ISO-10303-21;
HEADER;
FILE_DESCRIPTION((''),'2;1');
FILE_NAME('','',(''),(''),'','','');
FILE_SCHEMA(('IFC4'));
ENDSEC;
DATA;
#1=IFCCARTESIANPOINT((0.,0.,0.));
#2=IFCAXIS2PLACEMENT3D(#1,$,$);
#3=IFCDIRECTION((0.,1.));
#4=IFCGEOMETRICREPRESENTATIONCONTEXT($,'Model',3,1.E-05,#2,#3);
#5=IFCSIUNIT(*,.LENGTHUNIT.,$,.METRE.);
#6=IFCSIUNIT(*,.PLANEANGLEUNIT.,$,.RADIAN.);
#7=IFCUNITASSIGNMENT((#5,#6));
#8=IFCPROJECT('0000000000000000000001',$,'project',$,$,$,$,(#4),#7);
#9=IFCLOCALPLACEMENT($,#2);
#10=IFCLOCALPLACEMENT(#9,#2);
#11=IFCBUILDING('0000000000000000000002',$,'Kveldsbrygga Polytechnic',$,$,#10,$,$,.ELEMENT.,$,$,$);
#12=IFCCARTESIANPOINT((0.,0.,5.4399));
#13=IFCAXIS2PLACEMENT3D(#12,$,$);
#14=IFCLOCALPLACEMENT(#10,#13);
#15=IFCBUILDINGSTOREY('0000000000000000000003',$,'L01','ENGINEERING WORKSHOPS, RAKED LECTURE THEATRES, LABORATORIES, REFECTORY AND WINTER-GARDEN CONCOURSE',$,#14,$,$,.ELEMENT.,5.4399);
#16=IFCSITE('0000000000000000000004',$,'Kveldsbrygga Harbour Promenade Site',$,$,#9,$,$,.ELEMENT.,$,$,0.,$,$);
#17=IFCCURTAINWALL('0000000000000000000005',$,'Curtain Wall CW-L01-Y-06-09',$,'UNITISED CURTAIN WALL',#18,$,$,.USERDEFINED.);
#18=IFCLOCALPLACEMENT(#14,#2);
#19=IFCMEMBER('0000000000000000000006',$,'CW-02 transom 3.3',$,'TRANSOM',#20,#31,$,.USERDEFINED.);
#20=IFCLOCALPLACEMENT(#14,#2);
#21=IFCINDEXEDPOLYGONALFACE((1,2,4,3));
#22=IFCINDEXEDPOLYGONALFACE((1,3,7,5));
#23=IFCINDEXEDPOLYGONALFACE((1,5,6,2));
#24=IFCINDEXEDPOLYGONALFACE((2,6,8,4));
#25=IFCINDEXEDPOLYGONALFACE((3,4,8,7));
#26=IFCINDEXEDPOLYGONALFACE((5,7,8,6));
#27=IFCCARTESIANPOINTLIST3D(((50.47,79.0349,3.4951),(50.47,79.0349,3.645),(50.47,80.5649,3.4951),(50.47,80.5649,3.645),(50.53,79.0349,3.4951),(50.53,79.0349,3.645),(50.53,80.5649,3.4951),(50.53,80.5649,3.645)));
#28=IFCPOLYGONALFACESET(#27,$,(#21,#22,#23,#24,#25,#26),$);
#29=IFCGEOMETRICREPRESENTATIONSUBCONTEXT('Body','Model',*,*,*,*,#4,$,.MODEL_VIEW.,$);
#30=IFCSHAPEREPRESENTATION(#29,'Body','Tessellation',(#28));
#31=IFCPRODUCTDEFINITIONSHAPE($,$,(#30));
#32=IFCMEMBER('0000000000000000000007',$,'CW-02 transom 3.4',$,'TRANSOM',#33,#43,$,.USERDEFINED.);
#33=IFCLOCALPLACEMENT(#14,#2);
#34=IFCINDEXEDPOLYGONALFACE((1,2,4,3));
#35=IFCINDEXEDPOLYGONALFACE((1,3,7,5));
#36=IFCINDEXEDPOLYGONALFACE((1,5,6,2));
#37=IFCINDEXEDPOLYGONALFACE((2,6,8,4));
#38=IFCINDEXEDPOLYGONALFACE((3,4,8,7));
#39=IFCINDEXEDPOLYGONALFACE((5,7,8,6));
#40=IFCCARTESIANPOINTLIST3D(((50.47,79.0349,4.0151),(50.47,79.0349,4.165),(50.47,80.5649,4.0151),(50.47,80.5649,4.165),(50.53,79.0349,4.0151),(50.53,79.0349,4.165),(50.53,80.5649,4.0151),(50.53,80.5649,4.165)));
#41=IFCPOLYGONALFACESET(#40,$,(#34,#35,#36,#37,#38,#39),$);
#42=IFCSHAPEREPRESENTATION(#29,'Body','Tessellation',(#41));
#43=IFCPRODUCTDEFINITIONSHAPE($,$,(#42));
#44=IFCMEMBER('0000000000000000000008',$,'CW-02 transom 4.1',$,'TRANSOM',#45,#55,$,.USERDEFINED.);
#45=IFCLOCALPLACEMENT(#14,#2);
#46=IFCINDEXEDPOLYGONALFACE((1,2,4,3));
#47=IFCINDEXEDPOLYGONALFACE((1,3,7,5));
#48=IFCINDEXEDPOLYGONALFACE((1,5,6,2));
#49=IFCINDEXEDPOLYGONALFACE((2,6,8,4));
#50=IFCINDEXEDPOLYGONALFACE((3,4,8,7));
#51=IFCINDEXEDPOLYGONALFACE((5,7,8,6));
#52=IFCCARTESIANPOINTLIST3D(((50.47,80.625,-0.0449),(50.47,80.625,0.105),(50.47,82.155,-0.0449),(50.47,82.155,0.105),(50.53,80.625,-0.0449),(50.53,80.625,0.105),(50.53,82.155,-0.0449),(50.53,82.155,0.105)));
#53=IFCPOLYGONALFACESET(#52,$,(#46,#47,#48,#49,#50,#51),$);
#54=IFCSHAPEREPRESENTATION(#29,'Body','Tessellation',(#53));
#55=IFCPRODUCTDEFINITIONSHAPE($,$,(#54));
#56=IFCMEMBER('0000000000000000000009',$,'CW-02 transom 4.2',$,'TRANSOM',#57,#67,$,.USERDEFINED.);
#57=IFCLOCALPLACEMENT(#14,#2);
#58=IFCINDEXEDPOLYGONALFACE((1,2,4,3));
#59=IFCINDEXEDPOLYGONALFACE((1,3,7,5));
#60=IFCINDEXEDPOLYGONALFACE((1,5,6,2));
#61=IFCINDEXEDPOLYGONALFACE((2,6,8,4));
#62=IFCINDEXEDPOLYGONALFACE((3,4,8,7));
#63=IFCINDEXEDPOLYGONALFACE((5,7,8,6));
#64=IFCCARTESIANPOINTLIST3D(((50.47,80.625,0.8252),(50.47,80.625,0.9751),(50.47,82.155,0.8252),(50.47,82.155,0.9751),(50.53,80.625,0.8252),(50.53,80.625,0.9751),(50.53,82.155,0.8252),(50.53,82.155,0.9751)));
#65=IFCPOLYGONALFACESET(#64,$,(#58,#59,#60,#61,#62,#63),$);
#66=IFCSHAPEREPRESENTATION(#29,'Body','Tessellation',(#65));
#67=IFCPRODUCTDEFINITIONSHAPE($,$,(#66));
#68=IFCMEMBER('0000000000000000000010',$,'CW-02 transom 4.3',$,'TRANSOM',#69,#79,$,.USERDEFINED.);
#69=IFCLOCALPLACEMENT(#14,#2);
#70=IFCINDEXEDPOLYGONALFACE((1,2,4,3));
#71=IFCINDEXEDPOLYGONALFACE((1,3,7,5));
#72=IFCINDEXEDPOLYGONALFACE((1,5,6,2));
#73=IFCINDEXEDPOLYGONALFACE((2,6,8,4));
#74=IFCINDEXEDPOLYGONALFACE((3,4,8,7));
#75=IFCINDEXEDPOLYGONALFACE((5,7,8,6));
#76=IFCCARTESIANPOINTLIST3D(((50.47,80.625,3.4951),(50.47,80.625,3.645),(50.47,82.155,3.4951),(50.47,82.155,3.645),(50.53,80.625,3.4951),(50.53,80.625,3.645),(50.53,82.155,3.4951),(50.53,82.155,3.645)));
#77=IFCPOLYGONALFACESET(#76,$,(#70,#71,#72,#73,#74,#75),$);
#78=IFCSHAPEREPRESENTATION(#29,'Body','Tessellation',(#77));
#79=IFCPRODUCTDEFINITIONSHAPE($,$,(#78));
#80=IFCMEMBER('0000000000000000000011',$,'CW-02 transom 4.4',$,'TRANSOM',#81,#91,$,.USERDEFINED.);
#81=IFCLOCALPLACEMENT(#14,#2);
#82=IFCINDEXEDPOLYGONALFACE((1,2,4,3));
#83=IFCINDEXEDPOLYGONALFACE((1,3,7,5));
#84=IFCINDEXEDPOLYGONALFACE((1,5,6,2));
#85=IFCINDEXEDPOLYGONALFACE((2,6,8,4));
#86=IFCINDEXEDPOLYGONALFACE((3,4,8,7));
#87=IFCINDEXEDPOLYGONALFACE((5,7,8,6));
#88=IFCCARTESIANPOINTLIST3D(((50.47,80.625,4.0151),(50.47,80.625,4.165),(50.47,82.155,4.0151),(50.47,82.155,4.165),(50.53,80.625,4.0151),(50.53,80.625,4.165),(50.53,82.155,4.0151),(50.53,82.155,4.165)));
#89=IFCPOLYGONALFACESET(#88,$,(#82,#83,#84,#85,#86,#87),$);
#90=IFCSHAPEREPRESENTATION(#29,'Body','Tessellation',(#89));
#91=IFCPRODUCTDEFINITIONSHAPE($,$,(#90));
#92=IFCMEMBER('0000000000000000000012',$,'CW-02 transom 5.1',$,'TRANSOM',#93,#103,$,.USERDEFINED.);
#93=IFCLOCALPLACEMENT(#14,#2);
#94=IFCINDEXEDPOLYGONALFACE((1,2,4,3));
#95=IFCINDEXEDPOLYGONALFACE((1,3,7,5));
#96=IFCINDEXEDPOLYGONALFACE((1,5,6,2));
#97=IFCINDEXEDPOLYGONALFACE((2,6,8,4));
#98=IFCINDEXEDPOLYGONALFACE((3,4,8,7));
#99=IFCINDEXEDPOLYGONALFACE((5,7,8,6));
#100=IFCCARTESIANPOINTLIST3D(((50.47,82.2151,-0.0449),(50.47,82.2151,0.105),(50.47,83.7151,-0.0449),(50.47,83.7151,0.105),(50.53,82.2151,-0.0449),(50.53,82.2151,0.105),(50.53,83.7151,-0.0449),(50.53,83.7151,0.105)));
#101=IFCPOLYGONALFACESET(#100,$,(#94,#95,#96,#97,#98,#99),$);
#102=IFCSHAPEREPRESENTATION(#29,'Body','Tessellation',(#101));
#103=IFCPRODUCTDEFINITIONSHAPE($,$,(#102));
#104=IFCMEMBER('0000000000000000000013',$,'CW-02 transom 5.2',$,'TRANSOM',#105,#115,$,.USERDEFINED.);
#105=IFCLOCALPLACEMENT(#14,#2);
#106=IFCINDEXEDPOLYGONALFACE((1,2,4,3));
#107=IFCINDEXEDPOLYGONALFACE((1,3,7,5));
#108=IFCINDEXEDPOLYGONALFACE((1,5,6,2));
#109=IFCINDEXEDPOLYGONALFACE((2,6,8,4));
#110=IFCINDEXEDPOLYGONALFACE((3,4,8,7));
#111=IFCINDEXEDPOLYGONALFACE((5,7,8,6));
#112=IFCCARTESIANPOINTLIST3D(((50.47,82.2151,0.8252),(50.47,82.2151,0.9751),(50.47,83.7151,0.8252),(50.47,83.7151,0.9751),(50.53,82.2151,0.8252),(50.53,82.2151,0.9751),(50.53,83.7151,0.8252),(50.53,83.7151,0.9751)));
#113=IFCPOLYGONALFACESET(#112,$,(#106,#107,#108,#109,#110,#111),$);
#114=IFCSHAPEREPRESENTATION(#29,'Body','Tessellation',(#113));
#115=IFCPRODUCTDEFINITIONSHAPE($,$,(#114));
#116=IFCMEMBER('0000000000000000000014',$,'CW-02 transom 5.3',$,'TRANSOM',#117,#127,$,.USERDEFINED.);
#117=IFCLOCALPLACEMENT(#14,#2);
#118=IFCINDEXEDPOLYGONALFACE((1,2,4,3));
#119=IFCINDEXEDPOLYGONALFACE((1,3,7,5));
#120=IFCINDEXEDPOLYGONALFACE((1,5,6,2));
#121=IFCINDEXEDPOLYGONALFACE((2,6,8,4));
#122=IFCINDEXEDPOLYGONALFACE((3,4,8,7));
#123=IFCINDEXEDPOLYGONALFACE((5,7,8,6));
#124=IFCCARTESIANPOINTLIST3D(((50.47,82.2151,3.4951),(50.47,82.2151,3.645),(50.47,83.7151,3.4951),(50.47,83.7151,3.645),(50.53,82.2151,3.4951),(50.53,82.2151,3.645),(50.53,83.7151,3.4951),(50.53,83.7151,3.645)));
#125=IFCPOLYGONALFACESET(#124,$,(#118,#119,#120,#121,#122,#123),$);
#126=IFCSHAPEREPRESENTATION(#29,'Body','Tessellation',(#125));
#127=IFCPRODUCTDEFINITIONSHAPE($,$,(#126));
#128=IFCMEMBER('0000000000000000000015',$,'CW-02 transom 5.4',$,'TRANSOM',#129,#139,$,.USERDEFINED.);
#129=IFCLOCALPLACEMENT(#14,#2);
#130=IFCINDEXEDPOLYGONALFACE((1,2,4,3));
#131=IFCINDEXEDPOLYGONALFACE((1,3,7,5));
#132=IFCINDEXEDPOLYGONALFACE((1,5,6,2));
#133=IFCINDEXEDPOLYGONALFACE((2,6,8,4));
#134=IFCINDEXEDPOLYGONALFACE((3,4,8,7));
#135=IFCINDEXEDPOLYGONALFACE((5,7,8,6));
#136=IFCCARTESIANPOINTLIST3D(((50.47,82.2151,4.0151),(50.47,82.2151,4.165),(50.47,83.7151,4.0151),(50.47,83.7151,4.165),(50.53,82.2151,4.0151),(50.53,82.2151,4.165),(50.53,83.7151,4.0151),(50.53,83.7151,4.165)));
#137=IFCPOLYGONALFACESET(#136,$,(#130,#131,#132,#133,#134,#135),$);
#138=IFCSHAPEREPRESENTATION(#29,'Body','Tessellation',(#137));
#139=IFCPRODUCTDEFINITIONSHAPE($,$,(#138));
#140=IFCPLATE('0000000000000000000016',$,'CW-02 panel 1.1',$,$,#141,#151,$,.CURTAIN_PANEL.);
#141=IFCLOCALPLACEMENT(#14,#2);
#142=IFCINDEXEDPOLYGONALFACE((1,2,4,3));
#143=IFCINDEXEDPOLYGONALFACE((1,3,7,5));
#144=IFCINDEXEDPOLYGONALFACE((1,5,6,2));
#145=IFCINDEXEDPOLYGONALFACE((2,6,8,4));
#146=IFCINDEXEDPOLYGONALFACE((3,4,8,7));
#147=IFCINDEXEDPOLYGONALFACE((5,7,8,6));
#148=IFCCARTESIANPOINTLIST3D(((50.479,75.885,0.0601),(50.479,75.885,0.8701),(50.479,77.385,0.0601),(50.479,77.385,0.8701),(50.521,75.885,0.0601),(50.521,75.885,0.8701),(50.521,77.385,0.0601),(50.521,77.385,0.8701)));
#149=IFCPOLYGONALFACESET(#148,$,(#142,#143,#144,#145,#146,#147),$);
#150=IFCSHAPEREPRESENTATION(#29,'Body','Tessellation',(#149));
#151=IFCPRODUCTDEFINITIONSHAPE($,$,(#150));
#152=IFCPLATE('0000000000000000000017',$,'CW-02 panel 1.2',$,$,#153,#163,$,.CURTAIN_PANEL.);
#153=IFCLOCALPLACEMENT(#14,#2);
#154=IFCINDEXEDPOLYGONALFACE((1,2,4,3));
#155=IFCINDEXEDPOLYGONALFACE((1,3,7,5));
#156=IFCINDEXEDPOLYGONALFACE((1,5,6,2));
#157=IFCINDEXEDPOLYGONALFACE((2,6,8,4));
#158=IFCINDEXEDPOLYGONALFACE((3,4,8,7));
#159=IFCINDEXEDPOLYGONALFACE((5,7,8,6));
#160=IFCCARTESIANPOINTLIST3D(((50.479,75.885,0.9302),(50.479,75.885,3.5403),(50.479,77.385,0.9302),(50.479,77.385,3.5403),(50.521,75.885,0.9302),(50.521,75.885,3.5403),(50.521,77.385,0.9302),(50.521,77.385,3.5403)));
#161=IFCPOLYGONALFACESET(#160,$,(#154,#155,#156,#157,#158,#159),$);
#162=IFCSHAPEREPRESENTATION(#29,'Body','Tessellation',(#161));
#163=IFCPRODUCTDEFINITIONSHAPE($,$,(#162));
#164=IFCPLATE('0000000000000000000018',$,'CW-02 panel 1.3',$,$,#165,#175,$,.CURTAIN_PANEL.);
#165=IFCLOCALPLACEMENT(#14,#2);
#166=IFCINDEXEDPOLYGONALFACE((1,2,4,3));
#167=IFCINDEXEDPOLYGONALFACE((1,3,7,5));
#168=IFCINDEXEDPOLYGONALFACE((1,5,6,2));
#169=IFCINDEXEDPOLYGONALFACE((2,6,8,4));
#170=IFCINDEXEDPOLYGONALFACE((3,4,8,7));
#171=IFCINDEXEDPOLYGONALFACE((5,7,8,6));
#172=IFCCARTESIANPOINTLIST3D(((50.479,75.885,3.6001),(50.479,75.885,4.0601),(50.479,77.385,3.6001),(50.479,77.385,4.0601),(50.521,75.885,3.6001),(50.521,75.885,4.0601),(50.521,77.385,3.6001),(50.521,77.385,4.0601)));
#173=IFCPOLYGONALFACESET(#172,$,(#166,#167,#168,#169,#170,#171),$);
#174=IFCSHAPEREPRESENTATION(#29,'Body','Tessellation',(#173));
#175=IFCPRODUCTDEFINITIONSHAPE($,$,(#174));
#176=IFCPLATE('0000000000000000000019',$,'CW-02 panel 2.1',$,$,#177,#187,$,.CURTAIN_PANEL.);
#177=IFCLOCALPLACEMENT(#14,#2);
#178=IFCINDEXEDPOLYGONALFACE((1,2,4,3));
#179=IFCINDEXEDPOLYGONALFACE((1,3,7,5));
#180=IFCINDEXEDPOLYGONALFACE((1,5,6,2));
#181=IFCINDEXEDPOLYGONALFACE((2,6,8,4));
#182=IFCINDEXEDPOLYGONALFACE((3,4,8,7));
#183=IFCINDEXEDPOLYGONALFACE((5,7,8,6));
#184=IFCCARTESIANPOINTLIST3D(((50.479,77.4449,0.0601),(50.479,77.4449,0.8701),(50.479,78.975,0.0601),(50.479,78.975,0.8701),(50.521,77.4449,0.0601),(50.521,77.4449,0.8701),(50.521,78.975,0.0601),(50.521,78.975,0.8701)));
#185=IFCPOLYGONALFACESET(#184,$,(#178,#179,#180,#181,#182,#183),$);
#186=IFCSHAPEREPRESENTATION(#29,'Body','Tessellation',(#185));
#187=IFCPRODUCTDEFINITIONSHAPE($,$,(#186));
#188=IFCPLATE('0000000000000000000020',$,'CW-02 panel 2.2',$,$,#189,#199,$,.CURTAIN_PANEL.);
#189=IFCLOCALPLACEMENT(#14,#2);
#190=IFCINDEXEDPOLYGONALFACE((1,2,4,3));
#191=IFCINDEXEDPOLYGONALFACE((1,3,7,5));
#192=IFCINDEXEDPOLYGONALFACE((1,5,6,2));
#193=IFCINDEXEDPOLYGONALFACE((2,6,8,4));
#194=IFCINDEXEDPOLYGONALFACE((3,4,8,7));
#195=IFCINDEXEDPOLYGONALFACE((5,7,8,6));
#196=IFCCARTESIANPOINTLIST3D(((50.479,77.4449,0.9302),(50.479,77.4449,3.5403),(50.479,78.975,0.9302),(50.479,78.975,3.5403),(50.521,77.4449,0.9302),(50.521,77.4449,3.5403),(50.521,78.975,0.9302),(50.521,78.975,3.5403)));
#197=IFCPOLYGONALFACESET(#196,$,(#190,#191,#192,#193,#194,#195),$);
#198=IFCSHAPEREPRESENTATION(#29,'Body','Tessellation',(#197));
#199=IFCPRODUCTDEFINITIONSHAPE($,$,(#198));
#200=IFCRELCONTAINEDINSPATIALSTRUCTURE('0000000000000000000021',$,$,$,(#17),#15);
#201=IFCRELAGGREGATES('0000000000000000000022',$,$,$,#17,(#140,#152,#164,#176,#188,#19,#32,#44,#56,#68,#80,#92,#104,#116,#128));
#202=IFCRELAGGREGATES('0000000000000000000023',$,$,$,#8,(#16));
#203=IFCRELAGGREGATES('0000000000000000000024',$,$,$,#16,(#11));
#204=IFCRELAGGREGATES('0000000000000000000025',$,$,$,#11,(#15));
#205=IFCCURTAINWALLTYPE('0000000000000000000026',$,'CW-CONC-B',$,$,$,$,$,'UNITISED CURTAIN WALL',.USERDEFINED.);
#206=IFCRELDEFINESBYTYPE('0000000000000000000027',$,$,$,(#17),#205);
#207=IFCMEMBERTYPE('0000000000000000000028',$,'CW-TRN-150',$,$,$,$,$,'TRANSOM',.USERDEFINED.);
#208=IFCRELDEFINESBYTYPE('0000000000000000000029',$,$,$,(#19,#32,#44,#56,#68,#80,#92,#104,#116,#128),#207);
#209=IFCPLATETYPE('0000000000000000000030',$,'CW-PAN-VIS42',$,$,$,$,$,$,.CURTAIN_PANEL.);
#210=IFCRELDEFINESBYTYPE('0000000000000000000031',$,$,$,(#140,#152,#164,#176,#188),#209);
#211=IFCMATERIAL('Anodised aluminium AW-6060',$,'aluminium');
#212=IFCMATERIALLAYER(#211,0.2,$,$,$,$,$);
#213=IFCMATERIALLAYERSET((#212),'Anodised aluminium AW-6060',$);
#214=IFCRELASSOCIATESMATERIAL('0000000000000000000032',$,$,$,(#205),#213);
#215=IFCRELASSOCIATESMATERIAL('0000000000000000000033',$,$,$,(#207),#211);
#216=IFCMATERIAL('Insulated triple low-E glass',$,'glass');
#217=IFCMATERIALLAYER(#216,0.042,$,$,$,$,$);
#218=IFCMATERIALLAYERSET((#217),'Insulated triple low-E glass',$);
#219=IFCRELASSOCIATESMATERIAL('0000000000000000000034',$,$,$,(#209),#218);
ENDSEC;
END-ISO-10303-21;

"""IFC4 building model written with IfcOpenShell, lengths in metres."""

from ifc_helpers import new_model, si_unit, direction, frame, origin, origin_2d, place, context, subcontext, project, spatial, rectangle, extrude, material, layer, layer_set, material_profile, profile_set, type_object, element, aggregate, save


model = new_model("IFC4")

# Units and contexts
model_context = context("Model", 3, precision=1e-05, world=origin(), true_north=direction((0.0, 1.0)))
body_context = subcontext(model_context, "Body", "Model", "MODEL_VIEW")
ifc_project = project(units=[si_unit("LENGTHUNIT", "METRE"), si_unit("PLANEANGLEUNIT", "RADIAN")], contexts=[model_context])

# Site, building, storey
site_placement = place(None, origin())
site = spatial("IfcSite", under=ifc_project, at=site_placement, Name="Kveldsbrygga Harbour Promenade Site", CompositionType="ELEMENT", RefElevation=0.0)
building_placement = place(site_placement, origin())
building = spatial("IfcBuilding", under=site, at=building_placement, Name="Kveldsbrygga Polytechnic", CompositionType="ELEMENT")
storey_placement = place(building_placement, frame((0.0, 0.0, 5.4399)))
storey = spatial("IfcBuildingStorey", under=building, at=storey_placement, Name="L01", Description="ENGINEERING WORKSHOPS, RAKED LECTURE THEATRES, LABORATORIES, REFECTORY AND WINTER-GARDEN CONCOURSE", CompositionType="ELEMENT", Elevation=5.4399)

# Curtain wall, members, plates
ifc_material_1 = material(Name="Anodised aluminium AW-6060", Category="aluminium")
ifc_layer_1 = layer(ifc_material_1, 0.2)
ifc_layer_set_1 = layer_set([ifc_layer_1], Name="Anodised aluminium AW-6060")
curtain_wall_type = type_object("IfcCurtainWallType", Name="CW-CONC-B", ElementType="UNITISED CURTAIN WALL", PredefinedType="USERDEFINED", material=ifc_layer_set_1)
curtain_wall_placement = place(storey_placement, origin())
curtain_wall = element("IfcCurtainWall", 1, at=curtain_wall_placement, inside=storey, type_object=curtain_wall_type, Name="Curtain Wall CW-L01-Y-06-09", ObjectType="UNITISED CURTAIN WALL", PredefinedType="USERDEFINED")
ifc_material_profile_1 = material_profile(ifc_material_1, rectangle(XDim=0.0601, YDim=0.1499, at=origin_2d()), Name="ALU 60x150")
ifc_profile_set_1 = profile_set([ifc_material_profile_1], Name="Anodised aluminium AW-6060")
member_type_1 = type_object("IfcMemberType", Name="CW-TRN-150", ElementType="TRANSOM", PredefinedType="USERDEFINED", material=ifc_profile_set_1)
member_1_placement = place(storey_placement, frame((50.5, 79.0349, 3.5701), z_axis=(0.0, 1.0, 0.0), x_axis=(-1.0, 0.0, 0.0)))
member_1 = element("IfcMember", 2, at=member_1_placement, type_object=member_type_1, Name="CW-02 transom 3.3", ObjectType="TRANSOM", PredefinedType="USERDEFINED", context=body_context, shape_type="SweptSolid", body=[
    extrude(rectangle(XDim=0.0601, YDim=0.1499, at=origin_2d()), origin(), (0.0, 0.0, 1.0), 1.53),
])
member_2_placement = place(storey_placement, frame((50.5, 79.0349, 4.0901), z_axis=(0.0, 1.0, 0.0), x_axis=(-1.0, 0.0, 0.0)))
member_2 = element("IfcMember", 3, at=member_2_placement, type_object=member_type_1, Name="CW-02 transom 3.4", ObjectType="TRANSOM", PredefinedType="USERDEFINED", context=body_context, shape_type="SweptSolid", body=[
    extrude(rectangle(XDim=0.0601, YDim=0.1499, at=origin_2d()), origin(), (0.0, 0.0, 1.0), 1.53),
])
member_3_placement = place(storey_placement, frame((50.5, 80.625, 0.03), z_axis=(0.0, 1.0, 0.0), x_axis=(-1.0, 0.0, 0.0)))
member_3 = element("IfcMember", 4, at=member_3_placement, type_object=member_type_1, Name="CW-02 transom 4.1", ObjectType="TRANSOM", PredefinedType="USERDEFINED", context=body_context, shape_type="SweptSolid", body=[
    extrude(rectangle(XDim=0.0601, YDim=0.1499, at=origin_2d()), origin(), (0.0, 0.0, 1.0), 1.53),
])
member_4_placement = place(storey_placement, frame((50.5, 80.625, 0.9001), z_axis=(0.0, 1.0, 0.0), x_axis=(-1.0, 0.0, 0.0)))
member_4 = element("IfcMember", 5, at=member_4_placement, type_object=member_type_1, Name="CW-02 transom 4.2", ObjectType="TRANSOM", PredefinedType="USERDEFINED", context=body_context, shape_type="SweptSolid", body=[
    extrude(rectangle(XDim=0.0601, YDim=0.1499, at=origin_2d()), origin(), (0.0, 0.0, 1.0), 1.53),
])
member_5_placement = place(storey_placement, frame((50.5, 80.625, 3.5701), z_axis=(0.0, 1.0, 0.0), x_axis=(-1.0, 0.0, 0.0)))
member_5 = element("IfcMember", 6, at=member_5_placement, type_object=member_type_1, Name="CW-02 transom 4.3", ObjectType="TRANSOM", PredefinedType="USERDEFINED", context=body_context, shape_type="SweptSolid", body=[
    extrude(rectangle(XDim=0.0601, YDim=0.1499, at=origin_2d()), origin(), (0.0, 0.0, 1.0), 1.53),
])
member_6_placement = place(storey_placement, frame((50.5, 80.625, 4.0901), z_axis=(0.0, 1.0, 0.0), x_axis=(-1.0, 0.0, 0.0)))
member_6 = element("IfcMember", 7, at=member_6_placement, type_object=member_type_1, Name="CW-02 transom 4.4", ObjectType="TRANSOM", PredefinedType="USERDEFINED", context=body_context, shape_type="SweptSolid", body=[
    extrude(rectangle(XDim=0.0601, YDim=0.1499, at=origin_2d()), origin(), (0.0, 0.0, 1.0), 1.53),
])
member_7_placement = place(storey_placement, frame((50.5, 82.2151, 0.03), z_axis=(0.0, 1.0, 0.0), x_axis=(-1.0, 0.0, 0.0)))
member_7 = element("IfcMember", 8, at=member_7_placement, type_object=member_type_1, Name="CW-02 transom 5.1", ObjectType="TRANSOM", PredefinedType="USERDEFINED", context=body_context, shape_type="SweptSolid", body=[
    extrude(rectangle(XDim=0.0601, YDim=0.1499, at=origin_2d()), origin(), (0.0, 0.0, 1.0), 1.5),
])
member_8_placement = place(storey_placement, frame((50.5, 82.2151, 0.9001), z_axis=(0.0, 1.0, 0.0), x_axis=(-1.0, 0.0, 0.0)))
member_8 = element("IfcMember", 9, at=member_8_placement, type_object=member_type_1, Name="CW-02 transom 5.2", ObjectType="TRANSOM", PredefinedType="USERDEFINED", context=body_context, shape_type="SweptSolid", body=[
    extrude(rectangle(XDim=0.0601, YDim=0.1499, at=origin_2d()), origin(), (0.0, 0.0, 1.0), 1.5),
])
member_9_placement = place(storey_placement, frame((50.5, 82.2151, 3.5701), z_axis=(0.0, 1.0, 0.0), x_axis=(-1.0, 0.0, 0.0)))
member_9 = element("IfcMember", 10, at=member_9_placement, type_object=member_type_1, Name="CW-02 transom 5.3", ObjectType="TRANSOM", PredefinedType="USERDEFINED", context=body_context, shape_type="SweptSolid", body=[
    extrude(rectangle(XDim=0.0601, YDim=0.1499, at=origin_2d()), origin(), (0.0, 0.0, 1.0), 1.5),
])
member_10_placement = place(storey_placement, frame((50.5, 82.2151, 4.0901), z_axis=(0.0, 1.0, 0.0), x_axis=(-1.0, 0.0, 0.0)))
member_10 = element("IfcMember", 11, at=member_10_placement, type_object=member_type_1, Name="CW-02 transom 5.4", ObjectType="TRANSOM", PredefinedType="USERDEFINED", context=body_context, shape_type="SweptSolid", body=[
    extrude(rectangle(XDim=0.0601, YDim=0.1499, at=origin_2d()), origin(), (0.0, 0.0, 1.0), 1.5),
])
ifc_material_2 = material(Name="Insulated triple low-E glass", Category="glass")
ifc_layer_2 = layer(ifc_material_2, 0.042)
ifc_layer_set_2 = layer_set([ifc_layer_2], Name="Insulated triple low-E glass")
plate_type_1 = type_object("IfcPlateType", Name="CW-PAN-VIS42", PredefinedType="CURTAIN_PANEL", material=ifc_layer_set_2)
plate_1_placement = place(storey_placement, frame((50.5, 76.635, 0.0601), z_axis=(0.0, 0.0, 1.0), x_axis=(0.0, 1.0, 0.0)))
plate_1 = element("IfcPlate", 12, at=plate_1_placement, type_object=plate_type_1, Name="CW-02 panel 1.1", PredefinedType="CURTAIN_PANEL", context=body_context, shape_type="SweptSolid", body=[
    extrude(rectangle(XDim=1.5, YDim=0.042, at=origin_2d()), origin(), (0.0, 0.0, 1.0), 0.8101),
])
plate_2_placement = place(storey_placement, frame((50.5, 76.635, 0.9302), z_axis=(0.0, 0.0, 1.0), x_axis=(0.0, 1.0, 0.0)))
plate_2 = element("IfcPlate", 13, at=plate_2_placement, type_object=plate_type_1, Name="CW-02 panel 1.2", PredefinedType="CURTAIN_PANEL", context=body_context, shape_type="SweptSolid", body=[
    extrude(rectangle(XDim=1.5, YDim=0.042, at=origin_2d()), origin(), (0.0, 0.0, 1.0), 2.6101),
])
plate_3_placement = place(storey_placement, frame((50.5, 76.635, 3.6001), z_axis=(0.0, 0.0, 1.0), x_axis=(0.0, 1.0, 0.0)))
plate_3 = element("IfcPlate", 14, at=plate_3_placement, type_object=plate_type_1, Name="CW-02 panel 1.3", PredefinedType="CURTAIN_PANEL", context=body_context, shape_type="SweptSolid", body=[
    extrude(rectangle(XDim=1.5, YDim=0.042, at=origin_2d()), origin(), (0.0, 0.0, 1.0), 0.46),
])
plate_4_placement = place(storey_placement, frame((50.5, 78.21, 0.0601), z_axis=(0.0, 0.0, 1.0), x_axis=(0.0, 1.0, 0.0)))
plate_4 = element("IfcPlate", 15, at=plate_4_placement, type_object=plate_type_1, Name="CW-02 panel 2.1", PredefinedType="CURTAIN_PANEL", context=body_context, shape_type="SweptSolid", body=[
    extrude(rectangle(XDim=1.53, YDim=0.042, at=origin_2d()), origin(), (0.0, 0.0, 1.0), 0.8101),
])
plate_5_placement = place(storey_placement, frame((50.5, 78.21, 0.9302), z_axis=(0.0, 0.0, 1.0), x_axis=(0.0, 1.0, 0.0)))
plate_5 = element("IfcPlate", 16, at=plate_5_placement, type_object=plate_type_1, Name="CW-02 panel 2.2", PredefinedType="CURTAIN_PANEL", context=body_context, shape_type="SweptSolid", body=[
    extrude(rectangle(XDim=1.53, YDim=0.042, at=origin_2d()), origin(), (0.0, 0.0, 1.0), 2.6101),
])
aggregate(curtain_wall, [plate_1, plate_2, plate_3, plate_4, plate_5, member_1, member_2, member_3, member_4, member_5, member_6, member_7, member_8, member_9, member_10])

save(model, "model.ifc")
